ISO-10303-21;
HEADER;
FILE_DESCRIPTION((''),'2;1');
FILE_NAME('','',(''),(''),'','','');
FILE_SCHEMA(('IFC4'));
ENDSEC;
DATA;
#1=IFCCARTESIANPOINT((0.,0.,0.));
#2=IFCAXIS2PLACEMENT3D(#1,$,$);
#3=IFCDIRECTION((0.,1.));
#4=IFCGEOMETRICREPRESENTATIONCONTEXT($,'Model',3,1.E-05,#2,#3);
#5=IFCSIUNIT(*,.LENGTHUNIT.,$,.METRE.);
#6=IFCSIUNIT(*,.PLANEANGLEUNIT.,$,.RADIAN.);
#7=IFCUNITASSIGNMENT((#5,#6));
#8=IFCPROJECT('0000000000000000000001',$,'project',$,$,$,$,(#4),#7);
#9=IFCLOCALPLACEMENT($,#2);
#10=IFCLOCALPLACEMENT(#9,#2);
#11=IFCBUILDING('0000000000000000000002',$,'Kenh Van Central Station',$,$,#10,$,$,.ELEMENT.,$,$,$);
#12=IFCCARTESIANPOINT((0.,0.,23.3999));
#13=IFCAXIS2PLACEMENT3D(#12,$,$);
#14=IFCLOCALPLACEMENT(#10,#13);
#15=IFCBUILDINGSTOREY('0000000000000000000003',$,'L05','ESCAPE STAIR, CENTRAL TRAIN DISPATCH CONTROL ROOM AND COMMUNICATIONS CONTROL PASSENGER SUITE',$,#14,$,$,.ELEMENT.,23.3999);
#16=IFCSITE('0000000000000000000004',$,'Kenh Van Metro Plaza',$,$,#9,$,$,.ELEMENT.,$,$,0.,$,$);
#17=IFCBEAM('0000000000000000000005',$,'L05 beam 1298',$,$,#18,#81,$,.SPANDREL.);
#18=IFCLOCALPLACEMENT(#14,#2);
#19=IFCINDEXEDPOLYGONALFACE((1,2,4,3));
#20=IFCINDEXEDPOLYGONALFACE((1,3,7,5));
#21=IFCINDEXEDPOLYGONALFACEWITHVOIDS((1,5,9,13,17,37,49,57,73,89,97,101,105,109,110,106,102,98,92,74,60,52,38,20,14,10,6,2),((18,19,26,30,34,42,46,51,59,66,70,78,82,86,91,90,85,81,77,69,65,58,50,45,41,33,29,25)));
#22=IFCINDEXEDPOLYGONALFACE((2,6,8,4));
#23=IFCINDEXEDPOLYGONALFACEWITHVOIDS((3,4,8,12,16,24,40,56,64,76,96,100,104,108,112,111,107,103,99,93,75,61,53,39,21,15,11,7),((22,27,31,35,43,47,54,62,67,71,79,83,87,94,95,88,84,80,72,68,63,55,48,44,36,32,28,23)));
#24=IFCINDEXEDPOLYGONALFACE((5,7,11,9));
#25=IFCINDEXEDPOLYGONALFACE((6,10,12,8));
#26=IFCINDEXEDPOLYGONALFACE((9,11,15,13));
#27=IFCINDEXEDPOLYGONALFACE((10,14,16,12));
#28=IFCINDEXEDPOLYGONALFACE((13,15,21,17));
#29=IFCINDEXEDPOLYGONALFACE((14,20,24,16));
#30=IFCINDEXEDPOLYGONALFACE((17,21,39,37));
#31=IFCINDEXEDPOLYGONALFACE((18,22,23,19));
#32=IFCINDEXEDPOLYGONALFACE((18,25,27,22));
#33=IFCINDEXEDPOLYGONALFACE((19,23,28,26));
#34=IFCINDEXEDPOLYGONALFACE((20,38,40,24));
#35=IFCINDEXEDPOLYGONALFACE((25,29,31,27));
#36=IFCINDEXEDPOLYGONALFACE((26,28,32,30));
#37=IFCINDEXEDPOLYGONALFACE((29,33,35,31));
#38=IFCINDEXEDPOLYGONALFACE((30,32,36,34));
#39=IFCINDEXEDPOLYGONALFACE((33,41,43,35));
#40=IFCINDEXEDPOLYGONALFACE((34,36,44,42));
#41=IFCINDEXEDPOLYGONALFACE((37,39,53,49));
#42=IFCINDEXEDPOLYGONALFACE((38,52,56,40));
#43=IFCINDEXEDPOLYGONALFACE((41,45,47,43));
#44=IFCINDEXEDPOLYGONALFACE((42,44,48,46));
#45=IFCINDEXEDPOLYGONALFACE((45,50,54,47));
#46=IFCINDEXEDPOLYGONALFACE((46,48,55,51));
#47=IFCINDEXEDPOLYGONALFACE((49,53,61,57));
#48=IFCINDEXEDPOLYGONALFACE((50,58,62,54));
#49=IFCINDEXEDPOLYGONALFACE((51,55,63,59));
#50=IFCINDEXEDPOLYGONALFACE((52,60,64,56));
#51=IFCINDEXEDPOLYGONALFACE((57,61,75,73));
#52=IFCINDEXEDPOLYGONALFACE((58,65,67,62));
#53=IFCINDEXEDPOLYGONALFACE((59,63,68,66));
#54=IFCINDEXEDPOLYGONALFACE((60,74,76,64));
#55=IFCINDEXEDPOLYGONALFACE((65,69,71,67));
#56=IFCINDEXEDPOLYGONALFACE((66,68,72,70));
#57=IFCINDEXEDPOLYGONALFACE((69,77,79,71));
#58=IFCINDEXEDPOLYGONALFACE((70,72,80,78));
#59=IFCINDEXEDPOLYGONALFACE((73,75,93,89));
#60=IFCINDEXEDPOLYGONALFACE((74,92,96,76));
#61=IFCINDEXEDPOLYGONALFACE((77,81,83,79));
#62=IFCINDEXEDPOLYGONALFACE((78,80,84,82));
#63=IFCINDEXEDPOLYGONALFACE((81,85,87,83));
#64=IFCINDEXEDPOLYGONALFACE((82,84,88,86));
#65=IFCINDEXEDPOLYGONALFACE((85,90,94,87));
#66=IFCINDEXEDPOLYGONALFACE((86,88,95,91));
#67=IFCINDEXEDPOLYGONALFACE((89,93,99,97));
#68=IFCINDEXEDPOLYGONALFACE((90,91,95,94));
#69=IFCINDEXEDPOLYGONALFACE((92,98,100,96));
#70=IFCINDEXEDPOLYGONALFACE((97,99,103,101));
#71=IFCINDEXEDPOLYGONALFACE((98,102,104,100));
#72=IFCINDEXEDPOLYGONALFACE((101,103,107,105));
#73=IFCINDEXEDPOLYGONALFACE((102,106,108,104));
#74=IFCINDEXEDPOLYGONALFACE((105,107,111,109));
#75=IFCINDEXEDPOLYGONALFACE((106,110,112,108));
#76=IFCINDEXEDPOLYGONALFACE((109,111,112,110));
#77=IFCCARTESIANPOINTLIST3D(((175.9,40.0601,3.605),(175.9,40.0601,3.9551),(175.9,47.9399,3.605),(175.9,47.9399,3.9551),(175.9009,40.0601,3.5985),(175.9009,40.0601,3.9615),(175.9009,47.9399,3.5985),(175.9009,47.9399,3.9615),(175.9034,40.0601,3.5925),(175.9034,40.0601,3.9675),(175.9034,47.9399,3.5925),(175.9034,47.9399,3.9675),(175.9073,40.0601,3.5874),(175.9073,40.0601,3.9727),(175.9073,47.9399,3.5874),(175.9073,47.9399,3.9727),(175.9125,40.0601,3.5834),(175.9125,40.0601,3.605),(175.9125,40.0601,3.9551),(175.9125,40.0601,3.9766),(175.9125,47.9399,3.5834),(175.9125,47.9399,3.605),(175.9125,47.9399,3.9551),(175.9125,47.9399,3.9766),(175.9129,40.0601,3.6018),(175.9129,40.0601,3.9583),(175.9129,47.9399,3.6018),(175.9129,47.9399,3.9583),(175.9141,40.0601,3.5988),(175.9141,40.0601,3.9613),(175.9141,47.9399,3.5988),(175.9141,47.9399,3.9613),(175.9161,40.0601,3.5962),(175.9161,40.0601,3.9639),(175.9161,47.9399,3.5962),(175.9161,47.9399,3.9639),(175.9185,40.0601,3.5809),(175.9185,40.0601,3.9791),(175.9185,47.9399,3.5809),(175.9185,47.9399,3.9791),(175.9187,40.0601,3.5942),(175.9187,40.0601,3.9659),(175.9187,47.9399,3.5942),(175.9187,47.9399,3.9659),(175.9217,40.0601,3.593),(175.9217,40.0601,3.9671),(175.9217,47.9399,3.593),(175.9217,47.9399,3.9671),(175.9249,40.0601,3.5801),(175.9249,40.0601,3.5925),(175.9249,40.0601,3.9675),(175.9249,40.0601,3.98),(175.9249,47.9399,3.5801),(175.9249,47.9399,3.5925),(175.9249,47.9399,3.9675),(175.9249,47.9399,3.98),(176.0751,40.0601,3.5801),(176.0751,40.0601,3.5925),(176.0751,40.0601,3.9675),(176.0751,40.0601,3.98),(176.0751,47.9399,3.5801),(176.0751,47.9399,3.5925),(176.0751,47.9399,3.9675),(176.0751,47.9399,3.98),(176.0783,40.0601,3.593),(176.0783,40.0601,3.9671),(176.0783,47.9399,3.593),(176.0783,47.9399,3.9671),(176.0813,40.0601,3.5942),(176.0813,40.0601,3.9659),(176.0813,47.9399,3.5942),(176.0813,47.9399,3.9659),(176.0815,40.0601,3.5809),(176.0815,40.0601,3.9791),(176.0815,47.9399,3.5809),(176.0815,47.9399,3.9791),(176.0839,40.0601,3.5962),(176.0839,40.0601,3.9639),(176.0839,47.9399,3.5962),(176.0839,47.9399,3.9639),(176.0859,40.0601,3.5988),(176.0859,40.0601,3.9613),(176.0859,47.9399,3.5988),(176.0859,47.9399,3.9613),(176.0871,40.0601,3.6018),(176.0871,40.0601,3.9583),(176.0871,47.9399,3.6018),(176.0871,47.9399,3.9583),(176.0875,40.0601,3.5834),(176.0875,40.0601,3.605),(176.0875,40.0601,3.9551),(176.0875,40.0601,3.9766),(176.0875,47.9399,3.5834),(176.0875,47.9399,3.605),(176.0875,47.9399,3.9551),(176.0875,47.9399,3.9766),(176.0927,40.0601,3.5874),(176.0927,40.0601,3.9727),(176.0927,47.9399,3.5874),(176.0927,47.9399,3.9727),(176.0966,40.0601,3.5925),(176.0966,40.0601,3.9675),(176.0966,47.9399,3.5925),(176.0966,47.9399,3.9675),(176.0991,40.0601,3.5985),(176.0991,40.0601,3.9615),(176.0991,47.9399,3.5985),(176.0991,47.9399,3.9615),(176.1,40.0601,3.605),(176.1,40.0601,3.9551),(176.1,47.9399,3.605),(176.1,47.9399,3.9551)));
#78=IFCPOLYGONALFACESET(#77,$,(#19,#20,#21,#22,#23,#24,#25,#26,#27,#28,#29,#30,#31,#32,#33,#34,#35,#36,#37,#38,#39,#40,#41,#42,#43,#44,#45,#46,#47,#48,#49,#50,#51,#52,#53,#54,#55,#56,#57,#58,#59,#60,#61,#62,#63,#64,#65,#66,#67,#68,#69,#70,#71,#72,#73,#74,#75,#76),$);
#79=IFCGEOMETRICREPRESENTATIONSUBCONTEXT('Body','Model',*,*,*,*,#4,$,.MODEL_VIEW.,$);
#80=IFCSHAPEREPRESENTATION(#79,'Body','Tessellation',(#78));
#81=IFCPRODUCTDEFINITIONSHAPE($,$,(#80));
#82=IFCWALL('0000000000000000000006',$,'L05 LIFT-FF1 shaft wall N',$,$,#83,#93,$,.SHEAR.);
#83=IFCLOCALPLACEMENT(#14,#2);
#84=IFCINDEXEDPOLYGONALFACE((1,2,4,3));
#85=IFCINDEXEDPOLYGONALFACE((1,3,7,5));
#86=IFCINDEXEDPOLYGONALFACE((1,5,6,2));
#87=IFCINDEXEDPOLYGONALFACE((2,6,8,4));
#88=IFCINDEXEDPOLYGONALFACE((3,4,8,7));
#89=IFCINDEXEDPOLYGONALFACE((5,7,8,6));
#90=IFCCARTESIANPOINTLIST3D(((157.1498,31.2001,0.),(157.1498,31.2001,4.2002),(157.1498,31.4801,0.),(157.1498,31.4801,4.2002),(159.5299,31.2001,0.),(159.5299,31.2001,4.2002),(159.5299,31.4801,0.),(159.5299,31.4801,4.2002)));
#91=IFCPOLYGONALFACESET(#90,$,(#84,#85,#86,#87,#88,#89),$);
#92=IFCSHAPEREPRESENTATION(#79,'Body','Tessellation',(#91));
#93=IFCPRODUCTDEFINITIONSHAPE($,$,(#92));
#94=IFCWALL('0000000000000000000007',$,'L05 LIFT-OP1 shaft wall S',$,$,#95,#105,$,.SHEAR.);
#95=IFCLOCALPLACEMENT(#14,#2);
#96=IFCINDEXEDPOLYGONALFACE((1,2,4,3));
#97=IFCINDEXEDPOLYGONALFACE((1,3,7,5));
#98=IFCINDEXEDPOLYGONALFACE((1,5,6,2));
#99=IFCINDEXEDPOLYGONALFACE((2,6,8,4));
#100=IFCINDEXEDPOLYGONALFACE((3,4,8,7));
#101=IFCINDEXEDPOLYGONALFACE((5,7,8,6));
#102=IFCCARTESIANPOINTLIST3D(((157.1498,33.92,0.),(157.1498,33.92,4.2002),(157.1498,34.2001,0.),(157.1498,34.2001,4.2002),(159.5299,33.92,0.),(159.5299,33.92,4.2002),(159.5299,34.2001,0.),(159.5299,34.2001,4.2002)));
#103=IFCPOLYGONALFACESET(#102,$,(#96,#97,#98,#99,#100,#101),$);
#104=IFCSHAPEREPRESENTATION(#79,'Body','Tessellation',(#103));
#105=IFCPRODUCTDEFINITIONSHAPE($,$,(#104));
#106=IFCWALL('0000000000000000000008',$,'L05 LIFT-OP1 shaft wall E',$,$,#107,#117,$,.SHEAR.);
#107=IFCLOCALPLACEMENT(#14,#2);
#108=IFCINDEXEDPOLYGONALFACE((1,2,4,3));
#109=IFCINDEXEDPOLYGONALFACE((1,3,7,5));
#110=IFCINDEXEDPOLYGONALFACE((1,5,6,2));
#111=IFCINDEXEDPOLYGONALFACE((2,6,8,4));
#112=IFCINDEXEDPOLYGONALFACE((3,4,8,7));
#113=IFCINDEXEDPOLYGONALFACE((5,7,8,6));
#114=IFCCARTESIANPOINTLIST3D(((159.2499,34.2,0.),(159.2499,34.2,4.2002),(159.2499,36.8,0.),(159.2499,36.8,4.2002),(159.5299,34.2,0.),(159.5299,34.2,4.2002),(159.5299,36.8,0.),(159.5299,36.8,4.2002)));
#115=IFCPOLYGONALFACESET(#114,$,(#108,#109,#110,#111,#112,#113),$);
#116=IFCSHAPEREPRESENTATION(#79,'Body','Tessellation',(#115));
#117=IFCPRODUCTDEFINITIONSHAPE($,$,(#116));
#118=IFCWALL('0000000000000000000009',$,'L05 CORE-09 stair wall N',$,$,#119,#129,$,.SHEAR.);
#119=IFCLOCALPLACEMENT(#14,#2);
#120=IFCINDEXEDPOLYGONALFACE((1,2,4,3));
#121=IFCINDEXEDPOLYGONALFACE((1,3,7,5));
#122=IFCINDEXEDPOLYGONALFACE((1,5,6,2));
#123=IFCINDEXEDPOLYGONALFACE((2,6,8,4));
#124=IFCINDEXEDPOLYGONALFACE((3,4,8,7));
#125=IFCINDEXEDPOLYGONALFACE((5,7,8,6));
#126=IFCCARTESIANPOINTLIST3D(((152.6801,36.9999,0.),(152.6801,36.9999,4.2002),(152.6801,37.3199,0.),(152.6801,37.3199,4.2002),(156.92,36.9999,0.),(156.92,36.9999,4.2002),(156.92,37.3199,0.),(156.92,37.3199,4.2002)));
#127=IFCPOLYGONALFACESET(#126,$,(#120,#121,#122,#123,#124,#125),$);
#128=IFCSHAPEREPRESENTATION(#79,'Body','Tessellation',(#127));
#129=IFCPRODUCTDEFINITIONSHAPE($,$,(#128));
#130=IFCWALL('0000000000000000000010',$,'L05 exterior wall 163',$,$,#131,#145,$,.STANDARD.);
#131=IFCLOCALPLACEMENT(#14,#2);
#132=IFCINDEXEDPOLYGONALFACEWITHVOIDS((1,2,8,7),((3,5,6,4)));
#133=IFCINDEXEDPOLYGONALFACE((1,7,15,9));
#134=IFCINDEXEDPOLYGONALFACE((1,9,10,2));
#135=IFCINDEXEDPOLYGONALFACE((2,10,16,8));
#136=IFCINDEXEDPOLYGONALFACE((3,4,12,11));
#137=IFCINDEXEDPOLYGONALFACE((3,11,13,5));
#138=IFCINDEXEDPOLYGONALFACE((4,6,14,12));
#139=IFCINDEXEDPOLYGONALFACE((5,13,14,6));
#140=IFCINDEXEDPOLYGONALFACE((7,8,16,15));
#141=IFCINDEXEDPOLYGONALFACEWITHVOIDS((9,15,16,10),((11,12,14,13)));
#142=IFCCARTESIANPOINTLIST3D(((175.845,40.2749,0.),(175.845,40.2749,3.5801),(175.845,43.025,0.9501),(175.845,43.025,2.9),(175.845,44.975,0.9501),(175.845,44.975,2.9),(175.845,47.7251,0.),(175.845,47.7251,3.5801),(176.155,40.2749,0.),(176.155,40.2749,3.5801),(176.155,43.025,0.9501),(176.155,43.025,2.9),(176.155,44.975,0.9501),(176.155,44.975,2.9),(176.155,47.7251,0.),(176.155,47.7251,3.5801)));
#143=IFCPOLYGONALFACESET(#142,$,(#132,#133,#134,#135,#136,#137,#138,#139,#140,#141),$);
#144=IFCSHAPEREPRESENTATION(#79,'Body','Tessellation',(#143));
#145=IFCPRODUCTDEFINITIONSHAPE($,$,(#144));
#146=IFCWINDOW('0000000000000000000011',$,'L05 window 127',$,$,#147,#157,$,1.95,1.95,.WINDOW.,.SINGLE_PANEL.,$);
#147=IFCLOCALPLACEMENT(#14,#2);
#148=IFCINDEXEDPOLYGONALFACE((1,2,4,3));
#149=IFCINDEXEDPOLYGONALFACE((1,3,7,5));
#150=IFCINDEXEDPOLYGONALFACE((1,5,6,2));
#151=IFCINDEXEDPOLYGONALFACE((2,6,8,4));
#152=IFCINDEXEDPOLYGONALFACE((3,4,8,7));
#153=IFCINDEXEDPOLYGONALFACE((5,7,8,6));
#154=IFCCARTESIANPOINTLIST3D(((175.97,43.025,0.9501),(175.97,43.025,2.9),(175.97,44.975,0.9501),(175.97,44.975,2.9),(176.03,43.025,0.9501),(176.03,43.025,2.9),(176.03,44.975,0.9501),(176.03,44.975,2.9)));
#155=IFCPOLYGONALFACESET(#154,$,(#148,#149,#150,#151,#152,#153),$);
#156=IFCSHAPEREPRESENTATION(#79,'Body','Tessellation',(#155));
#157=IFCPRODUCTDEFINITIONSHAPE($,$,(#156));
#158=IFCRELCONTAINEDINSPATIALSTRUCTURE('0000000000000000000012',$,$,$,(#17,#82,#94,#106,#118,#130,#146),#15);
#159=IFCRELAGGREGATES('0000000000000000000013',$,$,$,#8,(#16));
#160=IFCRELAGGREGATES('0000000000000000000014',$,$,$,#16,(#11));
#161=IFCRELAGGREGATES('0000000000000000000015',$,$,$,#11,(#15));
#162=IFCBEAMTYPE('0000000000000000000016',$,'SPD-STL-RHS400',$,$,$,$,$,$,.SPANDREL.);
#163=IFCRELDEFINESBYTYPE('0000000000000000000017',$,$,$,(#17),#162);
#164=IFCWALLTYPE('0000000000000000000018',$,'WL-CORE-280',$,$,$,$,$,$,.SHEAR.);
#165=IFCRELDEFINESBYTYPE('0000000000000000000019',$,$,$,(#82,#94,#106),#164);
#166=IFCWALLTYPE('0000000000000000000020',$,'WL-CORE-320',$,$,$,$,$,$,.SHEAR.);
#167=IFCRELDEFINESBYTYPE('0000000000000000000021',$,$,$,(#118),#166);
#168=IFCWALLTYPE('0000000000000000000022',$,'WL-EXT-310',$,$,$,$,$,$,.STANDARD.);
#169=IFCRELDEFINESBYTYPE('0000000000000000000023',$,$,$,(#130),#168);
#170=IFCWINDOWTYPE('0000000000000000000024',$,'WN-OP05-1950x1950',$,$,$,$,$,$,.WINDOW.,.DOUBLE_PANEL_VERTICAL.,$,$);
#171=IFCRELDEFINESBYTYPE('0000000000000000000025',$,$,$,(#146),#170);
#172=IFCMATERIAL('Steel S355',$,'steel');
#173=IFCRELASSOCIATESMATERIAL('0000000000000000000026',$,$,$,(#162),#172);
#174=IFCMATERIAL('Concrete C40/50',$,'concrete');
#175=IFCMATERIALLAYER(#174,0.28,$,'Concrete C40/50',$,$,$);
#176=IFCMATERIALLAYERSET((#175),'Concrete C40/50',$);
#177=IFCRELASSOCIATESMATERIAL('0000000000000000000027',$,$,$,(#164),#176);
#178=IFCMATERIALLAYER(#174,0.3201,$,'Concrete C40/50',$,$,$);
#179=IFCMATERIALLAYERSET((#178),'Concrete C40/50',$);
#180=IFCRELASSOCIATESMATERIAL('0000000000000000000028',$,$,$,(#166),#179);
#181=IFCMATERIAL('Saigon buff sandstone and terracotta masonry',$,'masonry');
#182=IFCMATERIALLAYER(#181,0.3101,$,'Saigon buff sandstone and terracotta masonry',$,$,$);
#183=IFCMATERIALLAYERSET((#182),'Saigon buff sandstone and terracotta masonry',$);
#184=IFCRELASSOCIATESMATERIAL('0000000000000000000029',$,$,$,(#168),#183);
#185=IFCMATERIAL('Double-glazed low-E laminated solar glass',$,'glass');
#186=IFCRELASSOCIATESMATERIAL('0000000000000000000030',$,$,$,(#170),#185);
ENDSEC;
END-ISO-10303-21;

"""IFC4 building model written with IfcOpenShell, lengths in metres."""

from ifc_helpers import new_model, si_unit, direction, frame, frame_2d, origin, origin_2d, place, context, subcontext, project, spatial, rectangle, hollow_rectangle, extrude, material, layer, layer_set, material_profile, profile_set, type_object, element, fill, save


model = new_model("IFC4")

# Units and contexts
model_context = context("Model", 3, precision=1e-05, world=origin(), true_north=direction((0.0, 1.0)))
body_context = subcontext(model_context, "Body", "Model", "MODEL_VIEW")
ifc_project = project(units=[si_unit("LENGTHUNIT", "METRE"), si_unit("PLANEANGLEUNIT", "RADIAN")], contexts=[model_context])

# Site, building, storey
site_placement = place(None, origin())
site = spatial("IfcSite", under=ifc_project, at=site_placement, Name="Kenh Van Metro Plaza", CompositionType="ELEMENT", RefElevation=0.0)
building_placement = place(site_placement, origin())
building = spatial("IfcBuilding", under=site, at=building_placement, Name="Kenh Van Central Station", CompositionType="ELEMENT")
storey_placement = place(building_placement, frame((0.0, 0.0, 23.3999)))
storey = spatial("IfcBuildingStorey", under=building, at=storey_placement, Name="L05", Description="ESCAPE STAIR, CENTRAL TRAIN DISPATCH CONTROL ROOM AND COMMUNICATIONS CONTROL PASSENGER SUITE", CompositionType="ELEMENT", Elevation=23.3999)

# Beam
ifc_material_1 = material(Name="Steel S355", Category="steel")
ifc_material_profile_1 = material_profile(ifc_material_1, hollow_rectangle(XDim=0.2, YDim=0.3999, WallThickness=0.0125, InnerFilletRadius=0.0125, OuterFilletRadius=0.0249, at=origin_2d()), Name="RHS 400x200x12.5")
ifc_profile_set_1 = profile_set([ifc_material_profile_1], Name="Steel S355")
beam_type = type_object("IfcBeamType", Name="SPD-STL-RHS400", PredefinedType="SPANDREL", material=ifc_profile_set_1)
for number, where, z_axis, x_axis, name in (
    (1, (176.0, 40.0601, 3.78), (0.0, 1.0, 0.0), (-1.0, 0.0, 0.0), "L05 beam 1298"),
):
    element("IfcBeam", number, at=place(storey_placement, frame(where, z_axis=z_axis, x_axis=x_axis)), inside=storey, type_object=beam_type, Name=name, PredefinedType="SPANDREL", context=body_context, shape_type="SweptSolid", body=[
        extrude(hollow_rectangle(XDim=0.2, YDim=0.3999, WallThickness=0.0125, InnerFilletRadius=0.0125, OuterFilletRadius=0.0249, at=origin_2d()), origin(), (0.0, 0.0, 1.0), 7.8799),
    ])

# Walls
ifc_material_2 = material(Name="Concrete C40/50", Category="concrete")
ifc_layer_1 = layer(ifc_material_2, 0.28, Name="Concrete C40/50")
ifc_layer_set_1 = layer_set([ifc_layer_1], Name="Concrete C40/50")
wall_type_1 = type_object("IfcWallType", Name="WL-CORE-280", PredefinedType="SHEAR", material=ifc_layer_set_1)
for number, where, z_axis, x_axis, name in (
    (2, (157.1499, 31.3401, 0.0), (0.0, 0.0, 1.0), (1.0, 0.0, 0.0), "L05 LIFT-FF1 shaft wall N"),
    (3, (157.1499, 34.0601, 0.0), (0.0, 0.0, 1.0), (1.0, 0.0, 0.0), "L05 LIFT-OP1 shaft wall S"),
):
    element("IfcWall", number, at=place(storey_placement, frame(where, z_axis=z_axis, x_axis=x_axis)), inside=storey, type_object=wall_type_1, Name=name, PredefinedType="SHEAR", context=body_context, shape_type="SweptSolid", body=[
        extrude(rectangle(XDim=2.3801, YDim=0.28, at=frame_2d((1.1899, 0.0))), origin(), (0.0, 0.0, 1.0), 4.2002),
    ])

# Walls
wall_1_placement = place(storey_placement, frame((159.3899, 34.2, 0.0), z_axis=(0.0, 0.0, 1.0), x_axis=(0.0, 1.0, 0.0)))
element("IfcWall", 4, at=wall_1_placement, inside=storey, type_object=wall_type_1, Name="L05 LIFT-OP1 shaft wall E", PredefinedType="SHEAR", context=body_context, shape_type="SweptSolid", body=[
    extrude(rectangle(XDim=2.6001, YDim=0.28, at=frame_2d((1.3, 0.0))), origin(), (0.0, 0.0, 1.0), 4.2002),
])
ifc_layer_2 = layer(ifc_material_2, 0.3201, Name="Concrete C40/50")
ifc_layer_set_2 = layer_set([ifc_layer_2], Name="Concrete C40/50")
wall_type_2 = type_object("IfcWallType", Name="WL-CORE-320", PredefinedType="SHEAR", material=ifc_layer_set_2)
wall_2_placement = place(storey_placement, frame((152.6799, 37.1599, 0.0), z_axis=(0.0, 0.0, 1.0), x_axis=(1.0, 0.0, 0.0)))
element("IfcWall", 5, at=wall_2_placement, inside=storey, type_object=wall_type_2, Name="L05 CORE-09 stair wall N", PredefinedType="SHEAR", context=body_context, shape_type="SweptSolid", body=[
    extrude(rectangle(XDim=4.24, YDim=0.3201, at=frame_2d((2.1201, 0.0))), origin(), (0.0, 0.0, 1.0), 4.2002),
])

# Wall, opening, window
ifc_material_3 = material(Name="Saigon buff sandstone and terracotta masonry", Category="masonry")
ifc_layer_3 = layer(ifc_material_3, 0.3101, Name="Saigon buff sandstone and terracotta masonry")
ifc_layer_set_3 = layer_set([ifc_layer_3], Name="Saigon buff sandstone and terracotta masonry")
wall_type_3 = type_object("IfcWallType", Name="WL-EXT-310", PredefinedType="STANDARD", material=ifc_layer_set_3)
wall_3_placement = place(storey_placement, frame((176.0, 40.2749, 0.0), z_axis=(0.0, 0.0, 1.0), x_axis=(0.0, 1.0, 0.0)))
wall_3 = element("IfcWall", 6, at=wall_3_placement, inside=storey, type_object=wall_type_3, Name="L05 exterior wall 163", PredefinedType="STANDARD", context=body_context, shape_type="SweptSolid", body=[
    extrude(rectangle(XDim=7.4502, YDim=0.3101, at=frame_2d((3.7251, 0.0))), origin(), (0.0, 0.0, 1.0), 3.5801),
])
opening_1_placement = place(wall_3_placement, frame((2.75, 0.0, 0.95)))
opening_1 = element("IfcOpeningElement", 7, at=opening_1_placement, cuts=wall_3, PredefinedType="OPENING", context=body_context, shape_type="SweptSolid", body=[
    extrude(rectangle(XDim=1.95, YDim=1.95, at=frame_2d((0.9751, 0.9751))), frame((0.0, 0.165, 0.0), z_axis=(0.0, -1.0, 0.0), x_axis=(1.0, 0.0, 0.0)), (0.0, 0.0, 1.0), 0.3301),
])
ifc_material_4 = material(Name="Double-glazed low-E laminated solar glass", Category="glass")
window_type_1 = type_object("IfcWindowType", Name="WN-OP05-1950x1950", PartitioningType="DOUBLE_PANEL_VERTICAL", PredefinedType="WINDOW", material=ifc_material_4)
window_1_placement = place(opening_1_placement, origin())
window_1 = element("IfcWindow", 8, at=window_1_placement, inside=storey, type_object=window_type_1, Name="L05 window 127", OverallHeight=1.95, OverallWidth=1.95, PartitioningType="SINGLE_PANEL", PredefinedType="WINDOW", context=body_context, shape_type="SweptSolid", body=[
    extrude(rectangle(XDim=1.95, YDim=1.95, at=frame_2d((0.9751, 0.9751))), frame((0.0, 0.03, 0.0), z_axis=(0.0, -1.0, 0.0), x_axis=(1.0, 0.0, 0.0)), (0.0, 0.0, 1.0), 0.0601),
])
fill(opening_1, window_1)

save(model, "model.ifc")
